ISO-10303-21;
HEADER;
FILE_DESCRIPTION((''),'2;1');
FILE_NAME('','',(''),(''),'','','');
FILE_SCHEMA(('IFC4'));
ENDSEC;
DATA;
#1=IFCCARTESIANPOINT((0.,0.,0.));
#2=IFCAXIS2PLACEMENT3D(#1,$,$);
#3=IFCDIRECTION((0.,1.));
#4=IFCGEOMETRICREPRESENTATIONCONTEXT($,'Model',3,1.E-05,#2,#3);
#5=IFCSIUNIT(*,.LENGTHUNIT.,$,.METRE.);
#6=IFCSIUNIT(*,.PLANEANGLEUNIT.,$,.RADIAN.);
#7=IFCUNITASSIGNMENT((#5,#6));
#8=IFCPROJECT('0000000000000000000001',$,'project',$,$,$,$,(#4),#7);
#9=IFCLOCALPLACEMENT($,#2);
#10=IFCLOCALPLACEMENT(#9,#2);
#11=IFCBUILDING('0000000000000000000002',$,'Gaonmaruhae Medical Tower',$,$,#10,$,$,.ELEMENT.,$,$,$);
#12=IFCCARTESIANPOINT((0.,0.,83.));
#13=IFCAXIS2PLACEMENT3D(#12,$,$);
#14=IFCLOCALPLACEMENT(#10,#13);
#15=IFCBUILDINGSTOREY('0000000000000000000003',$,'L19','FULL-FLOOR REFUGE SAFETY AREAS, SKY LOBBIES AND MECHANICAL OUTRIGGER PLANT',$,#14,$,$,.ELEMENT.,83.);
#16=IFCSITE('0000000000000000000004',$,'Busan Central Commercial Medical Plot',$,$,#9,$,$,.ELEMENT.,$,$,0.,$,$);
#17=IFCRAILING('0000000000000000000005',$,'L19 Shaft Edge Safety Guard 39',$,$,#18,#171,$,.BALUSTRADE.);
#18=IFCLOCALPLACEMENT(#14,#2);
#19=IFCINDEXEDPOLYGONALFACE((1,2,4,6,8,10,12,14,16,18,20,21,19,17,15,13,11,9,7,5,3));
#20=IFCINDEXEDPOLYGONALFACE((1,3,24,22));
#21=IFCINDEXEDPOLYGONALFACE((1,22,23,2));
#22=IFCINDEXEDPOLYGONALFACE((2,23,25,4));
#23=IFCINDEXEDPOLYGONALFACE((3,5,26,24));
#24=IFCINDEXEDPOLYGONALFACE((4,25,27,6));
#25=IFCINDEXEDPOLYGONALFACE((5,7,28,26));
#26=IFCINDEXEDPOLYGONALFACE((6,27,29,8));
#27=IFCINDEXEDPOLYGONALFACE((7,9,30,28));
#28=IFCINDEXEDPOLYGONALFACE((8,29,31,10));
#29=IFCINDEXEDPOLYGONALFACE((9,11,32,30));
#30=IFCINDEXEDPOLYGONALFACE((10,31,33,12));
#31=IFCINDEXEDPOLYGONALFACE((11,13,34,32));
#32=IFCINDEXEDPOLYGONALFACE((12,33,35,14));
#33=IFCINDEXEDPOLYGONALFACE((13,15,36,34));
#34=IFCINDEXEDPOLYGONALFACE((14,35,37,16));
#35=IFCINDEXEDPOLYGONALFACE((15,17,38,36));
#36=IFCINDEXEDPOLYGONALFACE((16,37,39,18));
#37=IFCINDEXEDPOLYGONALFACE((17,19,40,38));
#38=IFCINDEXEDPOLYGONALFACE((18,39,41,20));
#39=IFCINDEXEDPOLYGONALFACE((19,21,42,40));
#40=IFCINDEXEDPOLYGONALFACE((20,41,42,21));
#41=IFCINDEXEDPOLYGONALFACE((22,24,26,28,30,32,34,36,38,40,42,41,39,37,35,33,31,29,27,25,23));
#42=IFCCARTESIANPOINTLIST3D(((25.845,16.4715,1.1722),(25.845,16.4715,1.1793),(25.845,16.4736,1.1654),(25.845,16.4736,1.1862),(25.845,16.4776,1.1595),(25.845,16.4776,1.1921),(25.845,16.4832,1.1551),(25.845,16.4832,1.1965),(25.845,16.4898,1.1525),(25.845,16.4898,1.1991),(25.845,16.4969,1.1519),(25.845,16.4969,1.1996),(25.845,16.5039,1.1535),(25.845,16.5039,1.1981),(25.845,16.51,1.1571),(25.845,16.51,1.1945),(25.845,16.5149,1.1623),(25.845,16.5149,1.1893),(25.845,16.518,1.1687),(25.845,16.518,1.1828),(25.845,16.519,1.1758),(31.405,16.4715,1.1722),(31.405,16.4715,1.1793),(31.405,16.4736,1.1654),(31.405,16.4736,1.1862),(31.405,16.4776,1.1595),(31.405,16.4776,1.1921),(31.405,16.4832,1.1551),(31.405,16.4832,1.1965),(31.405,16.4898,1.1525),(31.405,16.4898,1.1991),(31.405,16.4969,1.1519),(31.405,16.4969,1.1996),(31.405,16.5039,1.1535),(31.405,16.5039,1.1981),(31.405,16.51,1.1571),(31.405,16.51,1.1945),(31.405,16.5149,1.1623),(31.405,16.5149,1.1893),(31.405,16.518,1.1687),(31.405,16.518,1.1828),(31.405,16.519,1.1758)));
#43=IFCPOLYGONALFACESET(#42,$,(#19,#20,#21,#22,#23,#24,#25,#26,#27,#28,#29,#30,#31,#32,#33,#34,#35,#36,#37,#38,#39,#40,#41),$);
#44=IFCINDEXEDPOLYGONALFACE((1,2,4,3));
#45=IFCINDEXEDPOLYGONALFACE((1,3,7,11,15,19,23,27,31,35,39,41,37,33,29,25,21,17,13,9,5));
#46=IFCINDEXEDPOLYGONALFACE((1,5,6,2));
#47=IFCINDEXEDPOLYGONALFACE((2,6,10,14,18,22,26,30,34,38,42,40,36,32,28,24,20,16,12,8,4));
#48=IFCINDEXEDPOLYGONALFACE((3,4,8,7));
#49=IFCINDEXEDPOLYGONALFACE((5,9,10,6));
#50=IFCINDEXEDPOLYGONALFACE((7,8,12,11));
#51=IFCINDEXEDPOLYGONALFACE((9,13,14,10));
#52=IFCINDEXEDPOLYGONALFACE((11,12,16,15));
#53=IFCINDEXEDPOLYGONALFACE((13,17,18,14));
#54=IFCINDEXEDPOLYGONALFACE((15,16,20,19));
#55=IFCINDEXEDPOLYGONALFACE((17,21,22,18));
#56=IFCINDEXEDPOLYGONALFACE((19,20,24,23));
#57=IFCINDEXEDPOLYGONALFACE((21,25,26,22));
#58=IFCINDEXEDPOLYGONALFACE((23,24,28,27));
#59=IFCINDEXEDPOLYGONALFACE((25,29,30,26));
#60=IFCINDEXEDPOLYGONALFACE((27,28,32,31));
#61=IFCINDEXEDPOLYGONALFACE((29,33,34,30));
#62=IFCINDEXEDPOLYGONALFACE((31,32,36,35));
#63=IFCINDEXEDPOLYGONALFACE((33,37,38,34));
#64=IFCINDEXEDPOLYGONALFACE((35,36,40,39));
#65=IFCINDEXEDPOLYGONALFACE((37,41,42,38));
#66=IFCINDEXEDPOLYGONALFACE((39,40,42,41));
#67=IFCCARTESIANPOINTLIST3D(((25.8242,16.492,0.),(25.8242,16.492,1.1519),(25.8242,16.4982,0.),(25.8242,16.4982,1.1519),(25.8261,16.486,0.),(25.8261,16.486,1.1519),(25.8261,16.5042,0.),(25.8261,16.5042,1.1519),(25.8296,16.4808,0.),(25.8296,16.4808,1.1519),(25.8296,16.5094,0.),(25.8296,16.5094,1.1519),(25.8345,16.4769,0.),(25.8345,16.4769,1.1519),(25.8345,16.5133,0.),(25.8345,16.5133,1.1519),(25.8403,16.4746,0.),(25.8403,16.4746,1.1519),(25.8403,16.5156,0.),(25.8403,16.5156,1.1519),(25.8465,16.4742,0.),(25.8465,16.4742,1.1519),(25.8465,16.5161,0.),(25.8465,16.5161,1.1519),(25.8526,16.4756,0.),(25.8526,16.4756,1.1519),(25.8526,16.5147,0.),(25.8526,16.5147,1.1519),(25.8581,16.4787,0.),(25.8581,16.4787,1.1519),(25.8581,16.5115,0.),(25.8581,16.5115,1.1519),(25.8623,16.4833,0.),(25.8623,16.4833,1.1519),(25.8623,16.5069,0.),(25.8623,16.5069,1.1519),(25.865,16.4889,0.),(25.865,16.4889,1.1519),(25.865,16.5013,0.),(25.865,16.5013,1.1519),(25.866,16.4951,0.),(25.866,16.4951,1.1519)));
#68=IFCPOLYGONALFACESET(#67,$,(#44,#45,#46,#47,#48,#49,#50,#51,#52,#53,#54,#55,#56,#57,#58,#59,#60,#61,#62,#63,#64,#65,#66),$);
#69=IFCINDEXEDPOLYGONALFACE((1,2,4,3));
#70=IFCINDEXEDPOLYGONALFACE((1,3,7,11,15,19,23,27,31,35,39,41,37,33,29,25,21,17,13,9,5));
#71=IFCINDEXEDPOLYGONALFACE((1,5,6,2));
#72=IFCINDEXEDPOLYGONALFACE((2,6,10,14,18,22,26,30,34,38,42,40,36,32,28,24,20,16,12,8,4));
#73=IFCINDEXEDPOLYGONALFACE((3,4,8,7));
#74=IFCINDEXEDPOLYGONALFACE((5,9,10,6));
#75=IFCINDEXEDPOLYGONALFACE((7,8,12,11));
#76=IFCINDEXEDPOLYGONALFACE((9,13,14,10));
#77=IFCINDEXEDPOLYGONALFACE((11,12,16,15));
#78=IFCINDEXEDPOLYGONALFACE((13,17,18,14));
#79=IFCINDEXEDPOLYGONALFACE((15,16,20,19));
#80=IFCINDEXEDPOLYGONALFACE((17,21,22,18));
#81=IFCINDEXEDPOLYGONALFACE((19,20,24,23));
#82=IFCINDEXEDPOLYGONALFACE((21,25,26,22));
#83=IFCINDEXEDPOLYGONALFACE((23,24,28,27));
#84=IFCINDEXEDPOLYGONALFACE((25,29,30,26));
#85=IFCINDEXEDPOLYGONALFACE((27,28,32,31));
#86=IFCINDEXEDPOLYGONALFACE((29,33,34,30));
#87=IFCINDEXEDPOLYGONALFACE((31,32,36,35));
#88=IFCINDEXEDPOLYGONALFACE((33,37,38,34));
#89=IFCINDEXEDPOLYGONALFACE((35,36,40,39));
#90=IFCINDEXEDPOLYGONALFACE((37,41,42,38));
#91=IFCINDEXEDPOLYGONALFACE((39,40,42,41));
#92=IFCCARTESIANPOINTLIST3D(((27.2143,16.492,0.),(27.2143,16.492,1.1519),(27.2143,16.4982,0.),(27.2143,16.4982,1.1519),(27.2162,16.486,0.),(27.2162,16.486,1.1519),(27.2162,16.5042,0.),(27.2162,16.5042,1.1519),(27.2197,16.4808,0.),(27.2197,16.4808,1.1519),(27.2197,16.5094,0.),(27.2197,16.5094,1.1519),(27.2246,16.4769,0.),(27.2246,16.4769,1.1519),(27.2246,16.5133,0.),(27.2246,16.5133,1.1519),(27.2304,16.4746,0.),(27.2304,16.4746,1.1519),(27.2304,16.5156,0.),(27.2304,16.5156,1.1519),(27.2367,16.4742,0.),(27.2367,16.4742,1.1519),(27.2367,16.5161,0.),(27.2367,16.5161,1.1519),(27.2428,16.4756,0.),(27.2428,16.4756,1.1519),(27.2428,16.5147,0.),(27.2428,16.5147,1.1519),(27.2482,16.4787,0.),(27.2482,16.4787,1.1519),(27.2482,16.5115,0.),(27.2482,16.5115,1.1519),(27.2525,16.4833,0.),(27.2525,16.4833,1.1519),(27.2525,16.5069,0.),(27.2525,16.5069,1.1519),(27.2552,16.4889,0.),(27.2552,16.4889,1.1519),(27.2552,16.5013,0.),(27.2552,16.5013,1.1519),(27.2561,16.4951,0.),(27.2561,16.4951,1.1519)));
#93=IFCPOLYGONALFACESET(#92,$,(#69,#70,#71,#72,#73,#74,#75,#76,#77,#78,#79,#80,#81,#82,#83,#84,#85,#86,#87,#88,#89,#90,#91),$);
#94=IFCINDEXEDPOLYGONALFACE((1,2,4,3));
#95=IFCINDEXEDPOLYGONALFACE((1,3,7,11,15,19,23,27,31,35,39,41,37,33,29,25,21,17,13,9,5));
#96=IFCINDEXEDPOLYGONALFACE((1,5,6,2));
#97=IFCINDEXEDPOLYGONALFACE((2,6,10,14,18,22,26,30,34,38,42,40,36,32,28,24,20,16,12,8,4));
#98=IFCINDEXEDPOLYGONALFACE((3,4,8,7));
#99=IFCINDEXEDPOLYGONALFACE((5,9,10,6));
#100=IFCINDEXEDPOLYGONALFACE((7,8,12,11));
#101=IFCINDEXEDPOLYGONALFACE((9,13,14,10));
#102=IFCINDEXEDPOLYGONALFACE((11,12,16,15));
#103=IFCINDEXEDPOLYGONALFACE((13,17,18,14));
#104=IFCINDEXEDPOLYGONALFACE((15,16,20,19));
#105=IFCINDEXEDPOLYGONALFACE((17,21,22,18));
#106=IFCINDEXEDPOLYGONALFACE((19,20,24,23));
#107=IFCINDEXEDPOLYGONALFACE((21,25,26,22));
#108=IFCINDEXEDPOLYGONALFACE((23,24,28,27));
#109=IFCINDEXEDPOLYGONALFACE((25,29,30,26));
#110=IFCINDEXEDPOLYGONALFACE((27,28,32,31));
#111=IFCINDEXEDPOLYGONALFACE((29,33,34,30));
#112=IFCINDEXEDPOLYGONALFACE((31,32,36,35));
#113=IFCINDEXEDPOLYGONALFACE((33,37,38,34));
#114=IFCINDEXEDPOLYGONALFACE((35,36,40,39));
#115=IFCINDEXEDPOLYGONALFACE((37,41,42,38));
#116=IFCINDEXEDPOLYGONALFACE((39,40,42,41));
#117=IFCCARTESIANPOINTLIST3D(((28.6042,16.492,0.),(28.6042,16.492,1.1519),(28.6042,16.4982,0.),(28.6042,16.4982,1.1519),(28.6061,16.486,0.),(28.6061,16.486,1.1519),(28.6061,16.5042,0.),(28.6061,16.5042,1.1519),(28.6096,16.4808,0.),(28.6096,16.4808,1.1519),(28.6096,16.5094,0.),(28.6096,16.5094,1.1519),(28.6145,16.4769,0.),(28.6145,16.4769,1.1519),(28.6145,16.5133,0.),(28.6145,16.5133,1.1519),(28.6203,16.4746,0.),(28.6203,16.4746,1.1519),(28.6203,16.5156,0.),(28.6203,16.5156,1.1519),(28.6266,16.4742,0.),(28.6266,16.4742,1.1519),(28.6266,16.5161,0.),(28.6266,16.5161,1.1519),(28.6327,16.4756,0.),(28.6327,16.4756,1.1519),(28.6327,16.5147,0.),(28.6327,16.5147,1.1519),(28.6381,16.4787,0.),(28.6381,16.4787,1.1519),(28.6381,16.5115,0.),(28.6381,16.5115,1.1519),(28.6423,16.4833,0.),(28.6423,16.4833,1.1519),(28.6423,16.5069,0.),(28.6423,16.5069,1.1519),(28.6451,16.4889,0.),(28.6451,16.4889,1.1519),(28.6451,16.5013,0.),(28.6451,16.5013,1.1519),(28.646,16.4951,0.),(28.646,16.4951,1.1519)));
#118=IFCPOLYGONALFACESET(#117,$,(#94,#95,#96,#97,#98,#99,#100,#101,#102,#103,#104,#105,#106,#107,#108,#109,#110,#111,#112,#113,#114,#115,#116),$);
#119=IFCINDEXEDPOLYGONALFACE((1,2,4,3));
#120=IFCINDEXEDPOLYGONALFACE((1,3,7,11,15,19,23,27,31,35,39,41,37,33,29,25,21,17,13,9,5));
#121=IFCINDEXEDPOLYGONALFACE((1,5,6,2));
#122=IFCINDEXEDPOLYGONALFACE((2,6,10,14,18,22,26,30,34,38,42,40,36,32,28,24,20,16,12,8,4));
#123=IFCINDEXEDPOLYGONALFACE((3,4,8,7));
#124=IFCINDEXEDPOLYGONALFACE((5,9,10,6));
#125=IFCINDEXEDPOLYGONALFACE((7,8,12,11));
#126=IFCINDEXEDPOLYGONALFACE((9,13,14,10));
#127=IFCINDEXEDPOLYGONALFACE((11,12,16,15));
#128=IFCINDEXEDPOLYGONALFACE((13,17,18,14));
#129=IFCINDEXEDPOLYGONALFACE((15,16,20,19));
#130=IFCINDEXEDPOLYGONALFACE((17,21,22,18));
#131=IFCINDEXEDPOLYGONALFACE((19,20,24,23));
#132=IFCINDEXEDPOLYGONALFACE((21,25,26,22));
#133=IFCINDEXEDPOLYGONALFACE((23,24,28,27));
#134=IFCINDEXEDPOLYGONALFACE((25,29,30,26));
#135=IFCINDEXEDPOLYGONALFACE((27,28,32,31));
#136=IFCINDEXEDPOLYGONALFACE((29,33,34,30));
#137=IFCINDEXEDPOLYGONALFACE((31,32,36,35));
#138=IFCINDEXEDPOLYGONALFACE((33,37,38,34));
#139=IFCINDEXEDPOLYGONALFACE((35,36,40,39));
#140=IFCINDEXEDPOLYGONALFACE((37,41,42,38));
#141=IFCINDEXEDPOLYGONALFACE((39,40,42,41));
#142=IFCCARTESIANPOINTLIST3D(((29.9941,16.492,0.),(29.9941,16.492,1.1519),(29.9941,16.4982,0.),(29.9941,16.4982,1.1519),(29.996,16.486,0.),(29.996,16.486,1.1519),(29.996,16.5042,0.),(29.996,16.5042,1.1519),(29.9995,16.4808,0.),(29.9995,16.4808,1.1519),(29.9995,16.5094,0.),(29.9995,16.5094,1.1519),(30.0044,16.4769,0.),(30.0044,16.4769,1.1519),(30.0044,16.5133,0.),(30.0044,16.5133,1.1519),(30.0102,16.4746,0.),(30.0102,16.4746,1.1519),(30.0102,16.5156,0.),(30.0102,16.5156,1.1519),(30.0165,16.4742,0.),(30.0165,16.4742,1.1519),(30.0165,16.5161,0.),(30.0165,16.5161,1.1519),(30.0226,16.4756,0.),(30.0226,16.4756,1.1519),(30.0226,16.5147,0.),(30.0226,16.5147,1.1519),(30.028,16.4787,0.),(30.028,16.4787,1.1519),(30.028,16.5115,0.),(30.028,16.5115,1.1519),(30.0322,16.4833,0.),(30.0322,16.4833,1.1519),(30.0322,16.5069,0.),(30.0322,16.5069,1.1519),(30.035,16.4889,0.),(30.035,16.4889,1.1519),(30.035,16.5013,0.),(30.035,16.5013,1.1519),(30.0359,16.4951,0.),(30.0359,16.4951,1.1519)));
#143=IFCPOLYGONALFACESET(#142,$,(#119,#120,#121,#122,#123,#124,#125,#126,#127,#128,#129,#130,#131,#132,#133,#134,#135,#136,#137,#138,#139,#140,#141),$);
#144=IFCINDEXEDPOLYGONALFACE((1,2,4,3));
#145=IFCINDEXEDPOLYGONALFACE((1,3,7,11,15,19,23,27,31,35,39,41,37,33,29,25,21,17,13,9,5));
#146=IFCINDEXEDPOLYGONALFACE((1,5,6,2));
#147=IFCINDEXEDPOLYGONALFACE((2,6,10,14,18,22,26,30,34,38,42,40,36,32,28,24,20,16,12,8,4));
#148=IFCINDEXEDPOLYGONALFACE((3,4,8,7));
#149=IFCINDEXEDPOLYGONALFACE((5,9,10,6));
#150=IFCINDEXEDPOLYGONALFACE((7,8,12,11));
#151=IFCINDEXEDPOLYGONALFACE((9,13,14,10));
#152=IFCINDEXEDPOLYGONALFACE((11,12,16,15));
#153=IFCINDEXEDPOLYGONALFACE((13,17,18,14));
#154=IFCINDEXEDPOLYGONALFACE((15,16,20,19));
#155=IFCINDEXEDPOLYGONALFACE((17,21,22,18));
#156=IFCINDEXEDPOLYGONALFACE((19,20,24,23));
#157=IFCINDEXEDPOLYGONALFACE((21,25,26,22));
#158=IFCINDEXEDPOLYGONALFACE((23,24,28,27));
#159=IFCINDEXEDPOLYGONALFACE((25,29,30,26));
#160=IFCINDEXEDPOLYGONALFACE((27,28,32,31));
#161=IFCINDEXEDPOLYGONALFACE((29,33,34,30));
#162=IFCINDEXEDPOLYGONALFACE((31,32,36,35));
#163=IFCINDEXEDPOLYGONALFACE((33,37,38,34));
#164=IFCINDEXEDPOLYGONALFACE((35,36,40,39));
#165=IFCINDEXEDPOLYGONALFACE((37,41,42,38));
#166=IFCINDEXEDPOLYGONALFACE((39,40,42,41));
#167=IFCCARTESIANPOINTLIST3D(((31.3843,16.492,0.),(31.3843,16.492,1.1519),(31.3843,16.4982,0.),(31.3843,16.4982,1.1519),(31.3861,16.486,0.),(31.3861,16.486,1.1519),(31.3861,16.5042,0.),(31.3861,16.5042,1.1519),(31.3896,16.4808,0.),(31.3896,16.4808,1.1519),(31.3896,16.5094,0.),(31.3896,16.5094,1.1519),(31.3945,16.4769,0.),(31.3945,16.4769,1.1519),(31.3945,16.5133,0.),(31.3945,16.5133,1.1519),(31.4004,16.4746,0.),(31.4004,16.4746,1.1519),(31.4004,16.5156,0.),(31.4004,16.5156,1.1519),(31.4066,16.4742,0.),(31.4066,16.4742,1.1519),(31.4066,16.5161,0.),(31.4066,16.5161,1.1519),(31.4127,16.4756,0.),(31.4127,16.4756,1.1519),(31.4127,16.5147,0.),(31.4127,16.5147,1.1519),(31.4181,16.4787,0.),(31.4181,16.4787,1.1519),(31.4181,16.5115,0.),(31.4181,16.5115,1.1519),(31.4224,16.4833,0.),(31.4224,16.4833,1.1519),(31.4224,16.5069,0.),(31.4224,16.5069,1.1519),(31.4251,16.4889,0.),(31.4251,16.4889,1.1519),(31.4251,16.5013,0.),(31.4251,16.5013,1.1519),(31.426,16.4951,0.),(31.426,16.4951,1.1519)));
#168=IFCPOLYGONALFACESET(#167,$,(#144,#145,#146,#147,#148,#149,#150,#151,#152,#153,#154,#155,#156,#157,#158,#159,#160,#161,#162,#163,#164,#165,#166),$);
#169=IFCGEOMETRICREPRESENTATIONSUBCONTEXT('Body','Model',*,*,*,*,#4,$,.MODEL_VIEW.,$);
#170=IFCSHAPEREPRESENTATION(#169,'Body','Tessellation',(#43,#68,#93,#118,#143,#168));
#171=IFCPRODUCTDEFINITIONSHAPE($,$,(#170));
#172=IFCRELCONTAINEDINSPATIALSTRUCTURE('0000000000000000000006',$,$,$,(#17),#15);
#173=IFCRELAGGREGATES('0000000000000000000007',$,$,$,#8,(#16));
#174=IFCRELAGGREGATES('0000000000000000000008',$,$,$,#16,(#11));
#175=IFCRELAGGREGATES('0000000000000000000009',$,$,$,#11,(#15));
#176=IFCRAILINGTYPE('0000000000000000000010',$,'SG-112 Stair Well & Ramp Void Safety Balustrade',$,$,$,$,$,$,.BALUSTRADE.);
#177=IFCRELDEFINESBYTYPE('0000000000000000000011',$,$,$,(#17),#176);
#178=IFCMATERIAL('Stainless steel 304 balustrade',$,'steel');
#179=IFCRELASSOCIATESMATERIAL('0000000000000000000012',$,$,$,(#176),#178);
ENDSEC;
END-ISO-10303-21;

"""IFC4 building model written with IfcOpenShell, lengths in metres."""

from ifc_helpers import new_model, si_unit, direction, frame, origin, origin_2d, place, context, subcontext, project, spatial, circle, extrude, material, type_object, element, save


model = new_model("IFC4")

# Units and contexts
model_context = context("Model", 3, precision=1e-05, world=origin(), true_north=direction((0.0, 1.0)))
body_context = subcontext(model_context, "Body", "Model", "MODEL_VIEW")
ifc_project = project(units=[si_unit("LENGTHUNIT", "METRE"), si_unit("PLANEANGLEUNIT", "RADIAN")], contexts=[model_context])

# Site, building, storey
site_placement = place(None, origin())
site = spatial("IfcSite", under=ifc_project, at=site_placement, Name="Busan Central Commercial Medical Plot", CompositionType="ELEMENT", RefElevation=0.0)
building_placement = place(site_placement, origin())
building = spatial("IfcBuilding", under=site, at=building_placement, Name="Gaonmaruhae Medical Tower", CompositionType="ELEMENT")
storey_placement = place(building_placement, frame((0.0, 0.0, 83.0)))
storey = spatial("IfcBuildingStorey", under=building, at=storey_placement, Name="L19", Description="FULL-FLOOR REFUGE SAFETY AREAS, SKY LOBBIES AND MECHANICAL OUTRIGGER PLANT", CompositionType="ELEMENT", Elevation=83.0)

# Railing
ifc_material_1 = material(Name="Stainless steel 304 balustrade", Category="steel")
railing_type = type_object("IfcRailingType", Name="SG-112 Stair Well & Ramp Void Safety Balustrade", PredefinedType="BALUSTRADE", material=ifc_material_1)
railing_1_placement = place(storey_placement, frame((25.845, 16.4951, 0.0)))
element("IfcRailing", 1, at=railing_1_placement, inside=storey, type_object=railing_type, Name="L19 Shaft Edge Safety Guard 39", PredefinedType="BALUSTRADE", context=body_context, shape_type="SweptSolid", body=[
    extrude(circle(Radius=0.0239, at=origin_2d()), frame((0.0, 0.0, 1.1758), z_axis=(1.0, 0.0, 0.0), x_axis=(0.0, 1.0, 0.0)), (0.0, 0.0, 1.0), 5.5601),
    extrude(circle(Radius=0.021, at=origin_2d()), origin(), (0.0, 0.0, 1.0), 1.1519),
    extrude(circle(Radius=0.021, at=origin_2d()), frame((1.3901, 0.0, 0.0)), (0.0, 0.0, 1.0), 1.1519),
    extrude(circle(Radius=0.021, at=origin_2d()), frame((2.78, 0.0, 0.0)), (0.0, 0.0, 1.0), 1.1519),
    extrude(circle(Radius=0.021, at=origin_2d()), frame((4.1699, 0.0, 0.0)), (0.0, 0.0, 1.0), 1.1519),
    extrude(circle(Radius=0.021, at=origin_2d()), frame((5.5601, 0.0, 0.0)), (0.0, 0.0, 1.0), 1.1519),
])

save(model, "model.ifc")
